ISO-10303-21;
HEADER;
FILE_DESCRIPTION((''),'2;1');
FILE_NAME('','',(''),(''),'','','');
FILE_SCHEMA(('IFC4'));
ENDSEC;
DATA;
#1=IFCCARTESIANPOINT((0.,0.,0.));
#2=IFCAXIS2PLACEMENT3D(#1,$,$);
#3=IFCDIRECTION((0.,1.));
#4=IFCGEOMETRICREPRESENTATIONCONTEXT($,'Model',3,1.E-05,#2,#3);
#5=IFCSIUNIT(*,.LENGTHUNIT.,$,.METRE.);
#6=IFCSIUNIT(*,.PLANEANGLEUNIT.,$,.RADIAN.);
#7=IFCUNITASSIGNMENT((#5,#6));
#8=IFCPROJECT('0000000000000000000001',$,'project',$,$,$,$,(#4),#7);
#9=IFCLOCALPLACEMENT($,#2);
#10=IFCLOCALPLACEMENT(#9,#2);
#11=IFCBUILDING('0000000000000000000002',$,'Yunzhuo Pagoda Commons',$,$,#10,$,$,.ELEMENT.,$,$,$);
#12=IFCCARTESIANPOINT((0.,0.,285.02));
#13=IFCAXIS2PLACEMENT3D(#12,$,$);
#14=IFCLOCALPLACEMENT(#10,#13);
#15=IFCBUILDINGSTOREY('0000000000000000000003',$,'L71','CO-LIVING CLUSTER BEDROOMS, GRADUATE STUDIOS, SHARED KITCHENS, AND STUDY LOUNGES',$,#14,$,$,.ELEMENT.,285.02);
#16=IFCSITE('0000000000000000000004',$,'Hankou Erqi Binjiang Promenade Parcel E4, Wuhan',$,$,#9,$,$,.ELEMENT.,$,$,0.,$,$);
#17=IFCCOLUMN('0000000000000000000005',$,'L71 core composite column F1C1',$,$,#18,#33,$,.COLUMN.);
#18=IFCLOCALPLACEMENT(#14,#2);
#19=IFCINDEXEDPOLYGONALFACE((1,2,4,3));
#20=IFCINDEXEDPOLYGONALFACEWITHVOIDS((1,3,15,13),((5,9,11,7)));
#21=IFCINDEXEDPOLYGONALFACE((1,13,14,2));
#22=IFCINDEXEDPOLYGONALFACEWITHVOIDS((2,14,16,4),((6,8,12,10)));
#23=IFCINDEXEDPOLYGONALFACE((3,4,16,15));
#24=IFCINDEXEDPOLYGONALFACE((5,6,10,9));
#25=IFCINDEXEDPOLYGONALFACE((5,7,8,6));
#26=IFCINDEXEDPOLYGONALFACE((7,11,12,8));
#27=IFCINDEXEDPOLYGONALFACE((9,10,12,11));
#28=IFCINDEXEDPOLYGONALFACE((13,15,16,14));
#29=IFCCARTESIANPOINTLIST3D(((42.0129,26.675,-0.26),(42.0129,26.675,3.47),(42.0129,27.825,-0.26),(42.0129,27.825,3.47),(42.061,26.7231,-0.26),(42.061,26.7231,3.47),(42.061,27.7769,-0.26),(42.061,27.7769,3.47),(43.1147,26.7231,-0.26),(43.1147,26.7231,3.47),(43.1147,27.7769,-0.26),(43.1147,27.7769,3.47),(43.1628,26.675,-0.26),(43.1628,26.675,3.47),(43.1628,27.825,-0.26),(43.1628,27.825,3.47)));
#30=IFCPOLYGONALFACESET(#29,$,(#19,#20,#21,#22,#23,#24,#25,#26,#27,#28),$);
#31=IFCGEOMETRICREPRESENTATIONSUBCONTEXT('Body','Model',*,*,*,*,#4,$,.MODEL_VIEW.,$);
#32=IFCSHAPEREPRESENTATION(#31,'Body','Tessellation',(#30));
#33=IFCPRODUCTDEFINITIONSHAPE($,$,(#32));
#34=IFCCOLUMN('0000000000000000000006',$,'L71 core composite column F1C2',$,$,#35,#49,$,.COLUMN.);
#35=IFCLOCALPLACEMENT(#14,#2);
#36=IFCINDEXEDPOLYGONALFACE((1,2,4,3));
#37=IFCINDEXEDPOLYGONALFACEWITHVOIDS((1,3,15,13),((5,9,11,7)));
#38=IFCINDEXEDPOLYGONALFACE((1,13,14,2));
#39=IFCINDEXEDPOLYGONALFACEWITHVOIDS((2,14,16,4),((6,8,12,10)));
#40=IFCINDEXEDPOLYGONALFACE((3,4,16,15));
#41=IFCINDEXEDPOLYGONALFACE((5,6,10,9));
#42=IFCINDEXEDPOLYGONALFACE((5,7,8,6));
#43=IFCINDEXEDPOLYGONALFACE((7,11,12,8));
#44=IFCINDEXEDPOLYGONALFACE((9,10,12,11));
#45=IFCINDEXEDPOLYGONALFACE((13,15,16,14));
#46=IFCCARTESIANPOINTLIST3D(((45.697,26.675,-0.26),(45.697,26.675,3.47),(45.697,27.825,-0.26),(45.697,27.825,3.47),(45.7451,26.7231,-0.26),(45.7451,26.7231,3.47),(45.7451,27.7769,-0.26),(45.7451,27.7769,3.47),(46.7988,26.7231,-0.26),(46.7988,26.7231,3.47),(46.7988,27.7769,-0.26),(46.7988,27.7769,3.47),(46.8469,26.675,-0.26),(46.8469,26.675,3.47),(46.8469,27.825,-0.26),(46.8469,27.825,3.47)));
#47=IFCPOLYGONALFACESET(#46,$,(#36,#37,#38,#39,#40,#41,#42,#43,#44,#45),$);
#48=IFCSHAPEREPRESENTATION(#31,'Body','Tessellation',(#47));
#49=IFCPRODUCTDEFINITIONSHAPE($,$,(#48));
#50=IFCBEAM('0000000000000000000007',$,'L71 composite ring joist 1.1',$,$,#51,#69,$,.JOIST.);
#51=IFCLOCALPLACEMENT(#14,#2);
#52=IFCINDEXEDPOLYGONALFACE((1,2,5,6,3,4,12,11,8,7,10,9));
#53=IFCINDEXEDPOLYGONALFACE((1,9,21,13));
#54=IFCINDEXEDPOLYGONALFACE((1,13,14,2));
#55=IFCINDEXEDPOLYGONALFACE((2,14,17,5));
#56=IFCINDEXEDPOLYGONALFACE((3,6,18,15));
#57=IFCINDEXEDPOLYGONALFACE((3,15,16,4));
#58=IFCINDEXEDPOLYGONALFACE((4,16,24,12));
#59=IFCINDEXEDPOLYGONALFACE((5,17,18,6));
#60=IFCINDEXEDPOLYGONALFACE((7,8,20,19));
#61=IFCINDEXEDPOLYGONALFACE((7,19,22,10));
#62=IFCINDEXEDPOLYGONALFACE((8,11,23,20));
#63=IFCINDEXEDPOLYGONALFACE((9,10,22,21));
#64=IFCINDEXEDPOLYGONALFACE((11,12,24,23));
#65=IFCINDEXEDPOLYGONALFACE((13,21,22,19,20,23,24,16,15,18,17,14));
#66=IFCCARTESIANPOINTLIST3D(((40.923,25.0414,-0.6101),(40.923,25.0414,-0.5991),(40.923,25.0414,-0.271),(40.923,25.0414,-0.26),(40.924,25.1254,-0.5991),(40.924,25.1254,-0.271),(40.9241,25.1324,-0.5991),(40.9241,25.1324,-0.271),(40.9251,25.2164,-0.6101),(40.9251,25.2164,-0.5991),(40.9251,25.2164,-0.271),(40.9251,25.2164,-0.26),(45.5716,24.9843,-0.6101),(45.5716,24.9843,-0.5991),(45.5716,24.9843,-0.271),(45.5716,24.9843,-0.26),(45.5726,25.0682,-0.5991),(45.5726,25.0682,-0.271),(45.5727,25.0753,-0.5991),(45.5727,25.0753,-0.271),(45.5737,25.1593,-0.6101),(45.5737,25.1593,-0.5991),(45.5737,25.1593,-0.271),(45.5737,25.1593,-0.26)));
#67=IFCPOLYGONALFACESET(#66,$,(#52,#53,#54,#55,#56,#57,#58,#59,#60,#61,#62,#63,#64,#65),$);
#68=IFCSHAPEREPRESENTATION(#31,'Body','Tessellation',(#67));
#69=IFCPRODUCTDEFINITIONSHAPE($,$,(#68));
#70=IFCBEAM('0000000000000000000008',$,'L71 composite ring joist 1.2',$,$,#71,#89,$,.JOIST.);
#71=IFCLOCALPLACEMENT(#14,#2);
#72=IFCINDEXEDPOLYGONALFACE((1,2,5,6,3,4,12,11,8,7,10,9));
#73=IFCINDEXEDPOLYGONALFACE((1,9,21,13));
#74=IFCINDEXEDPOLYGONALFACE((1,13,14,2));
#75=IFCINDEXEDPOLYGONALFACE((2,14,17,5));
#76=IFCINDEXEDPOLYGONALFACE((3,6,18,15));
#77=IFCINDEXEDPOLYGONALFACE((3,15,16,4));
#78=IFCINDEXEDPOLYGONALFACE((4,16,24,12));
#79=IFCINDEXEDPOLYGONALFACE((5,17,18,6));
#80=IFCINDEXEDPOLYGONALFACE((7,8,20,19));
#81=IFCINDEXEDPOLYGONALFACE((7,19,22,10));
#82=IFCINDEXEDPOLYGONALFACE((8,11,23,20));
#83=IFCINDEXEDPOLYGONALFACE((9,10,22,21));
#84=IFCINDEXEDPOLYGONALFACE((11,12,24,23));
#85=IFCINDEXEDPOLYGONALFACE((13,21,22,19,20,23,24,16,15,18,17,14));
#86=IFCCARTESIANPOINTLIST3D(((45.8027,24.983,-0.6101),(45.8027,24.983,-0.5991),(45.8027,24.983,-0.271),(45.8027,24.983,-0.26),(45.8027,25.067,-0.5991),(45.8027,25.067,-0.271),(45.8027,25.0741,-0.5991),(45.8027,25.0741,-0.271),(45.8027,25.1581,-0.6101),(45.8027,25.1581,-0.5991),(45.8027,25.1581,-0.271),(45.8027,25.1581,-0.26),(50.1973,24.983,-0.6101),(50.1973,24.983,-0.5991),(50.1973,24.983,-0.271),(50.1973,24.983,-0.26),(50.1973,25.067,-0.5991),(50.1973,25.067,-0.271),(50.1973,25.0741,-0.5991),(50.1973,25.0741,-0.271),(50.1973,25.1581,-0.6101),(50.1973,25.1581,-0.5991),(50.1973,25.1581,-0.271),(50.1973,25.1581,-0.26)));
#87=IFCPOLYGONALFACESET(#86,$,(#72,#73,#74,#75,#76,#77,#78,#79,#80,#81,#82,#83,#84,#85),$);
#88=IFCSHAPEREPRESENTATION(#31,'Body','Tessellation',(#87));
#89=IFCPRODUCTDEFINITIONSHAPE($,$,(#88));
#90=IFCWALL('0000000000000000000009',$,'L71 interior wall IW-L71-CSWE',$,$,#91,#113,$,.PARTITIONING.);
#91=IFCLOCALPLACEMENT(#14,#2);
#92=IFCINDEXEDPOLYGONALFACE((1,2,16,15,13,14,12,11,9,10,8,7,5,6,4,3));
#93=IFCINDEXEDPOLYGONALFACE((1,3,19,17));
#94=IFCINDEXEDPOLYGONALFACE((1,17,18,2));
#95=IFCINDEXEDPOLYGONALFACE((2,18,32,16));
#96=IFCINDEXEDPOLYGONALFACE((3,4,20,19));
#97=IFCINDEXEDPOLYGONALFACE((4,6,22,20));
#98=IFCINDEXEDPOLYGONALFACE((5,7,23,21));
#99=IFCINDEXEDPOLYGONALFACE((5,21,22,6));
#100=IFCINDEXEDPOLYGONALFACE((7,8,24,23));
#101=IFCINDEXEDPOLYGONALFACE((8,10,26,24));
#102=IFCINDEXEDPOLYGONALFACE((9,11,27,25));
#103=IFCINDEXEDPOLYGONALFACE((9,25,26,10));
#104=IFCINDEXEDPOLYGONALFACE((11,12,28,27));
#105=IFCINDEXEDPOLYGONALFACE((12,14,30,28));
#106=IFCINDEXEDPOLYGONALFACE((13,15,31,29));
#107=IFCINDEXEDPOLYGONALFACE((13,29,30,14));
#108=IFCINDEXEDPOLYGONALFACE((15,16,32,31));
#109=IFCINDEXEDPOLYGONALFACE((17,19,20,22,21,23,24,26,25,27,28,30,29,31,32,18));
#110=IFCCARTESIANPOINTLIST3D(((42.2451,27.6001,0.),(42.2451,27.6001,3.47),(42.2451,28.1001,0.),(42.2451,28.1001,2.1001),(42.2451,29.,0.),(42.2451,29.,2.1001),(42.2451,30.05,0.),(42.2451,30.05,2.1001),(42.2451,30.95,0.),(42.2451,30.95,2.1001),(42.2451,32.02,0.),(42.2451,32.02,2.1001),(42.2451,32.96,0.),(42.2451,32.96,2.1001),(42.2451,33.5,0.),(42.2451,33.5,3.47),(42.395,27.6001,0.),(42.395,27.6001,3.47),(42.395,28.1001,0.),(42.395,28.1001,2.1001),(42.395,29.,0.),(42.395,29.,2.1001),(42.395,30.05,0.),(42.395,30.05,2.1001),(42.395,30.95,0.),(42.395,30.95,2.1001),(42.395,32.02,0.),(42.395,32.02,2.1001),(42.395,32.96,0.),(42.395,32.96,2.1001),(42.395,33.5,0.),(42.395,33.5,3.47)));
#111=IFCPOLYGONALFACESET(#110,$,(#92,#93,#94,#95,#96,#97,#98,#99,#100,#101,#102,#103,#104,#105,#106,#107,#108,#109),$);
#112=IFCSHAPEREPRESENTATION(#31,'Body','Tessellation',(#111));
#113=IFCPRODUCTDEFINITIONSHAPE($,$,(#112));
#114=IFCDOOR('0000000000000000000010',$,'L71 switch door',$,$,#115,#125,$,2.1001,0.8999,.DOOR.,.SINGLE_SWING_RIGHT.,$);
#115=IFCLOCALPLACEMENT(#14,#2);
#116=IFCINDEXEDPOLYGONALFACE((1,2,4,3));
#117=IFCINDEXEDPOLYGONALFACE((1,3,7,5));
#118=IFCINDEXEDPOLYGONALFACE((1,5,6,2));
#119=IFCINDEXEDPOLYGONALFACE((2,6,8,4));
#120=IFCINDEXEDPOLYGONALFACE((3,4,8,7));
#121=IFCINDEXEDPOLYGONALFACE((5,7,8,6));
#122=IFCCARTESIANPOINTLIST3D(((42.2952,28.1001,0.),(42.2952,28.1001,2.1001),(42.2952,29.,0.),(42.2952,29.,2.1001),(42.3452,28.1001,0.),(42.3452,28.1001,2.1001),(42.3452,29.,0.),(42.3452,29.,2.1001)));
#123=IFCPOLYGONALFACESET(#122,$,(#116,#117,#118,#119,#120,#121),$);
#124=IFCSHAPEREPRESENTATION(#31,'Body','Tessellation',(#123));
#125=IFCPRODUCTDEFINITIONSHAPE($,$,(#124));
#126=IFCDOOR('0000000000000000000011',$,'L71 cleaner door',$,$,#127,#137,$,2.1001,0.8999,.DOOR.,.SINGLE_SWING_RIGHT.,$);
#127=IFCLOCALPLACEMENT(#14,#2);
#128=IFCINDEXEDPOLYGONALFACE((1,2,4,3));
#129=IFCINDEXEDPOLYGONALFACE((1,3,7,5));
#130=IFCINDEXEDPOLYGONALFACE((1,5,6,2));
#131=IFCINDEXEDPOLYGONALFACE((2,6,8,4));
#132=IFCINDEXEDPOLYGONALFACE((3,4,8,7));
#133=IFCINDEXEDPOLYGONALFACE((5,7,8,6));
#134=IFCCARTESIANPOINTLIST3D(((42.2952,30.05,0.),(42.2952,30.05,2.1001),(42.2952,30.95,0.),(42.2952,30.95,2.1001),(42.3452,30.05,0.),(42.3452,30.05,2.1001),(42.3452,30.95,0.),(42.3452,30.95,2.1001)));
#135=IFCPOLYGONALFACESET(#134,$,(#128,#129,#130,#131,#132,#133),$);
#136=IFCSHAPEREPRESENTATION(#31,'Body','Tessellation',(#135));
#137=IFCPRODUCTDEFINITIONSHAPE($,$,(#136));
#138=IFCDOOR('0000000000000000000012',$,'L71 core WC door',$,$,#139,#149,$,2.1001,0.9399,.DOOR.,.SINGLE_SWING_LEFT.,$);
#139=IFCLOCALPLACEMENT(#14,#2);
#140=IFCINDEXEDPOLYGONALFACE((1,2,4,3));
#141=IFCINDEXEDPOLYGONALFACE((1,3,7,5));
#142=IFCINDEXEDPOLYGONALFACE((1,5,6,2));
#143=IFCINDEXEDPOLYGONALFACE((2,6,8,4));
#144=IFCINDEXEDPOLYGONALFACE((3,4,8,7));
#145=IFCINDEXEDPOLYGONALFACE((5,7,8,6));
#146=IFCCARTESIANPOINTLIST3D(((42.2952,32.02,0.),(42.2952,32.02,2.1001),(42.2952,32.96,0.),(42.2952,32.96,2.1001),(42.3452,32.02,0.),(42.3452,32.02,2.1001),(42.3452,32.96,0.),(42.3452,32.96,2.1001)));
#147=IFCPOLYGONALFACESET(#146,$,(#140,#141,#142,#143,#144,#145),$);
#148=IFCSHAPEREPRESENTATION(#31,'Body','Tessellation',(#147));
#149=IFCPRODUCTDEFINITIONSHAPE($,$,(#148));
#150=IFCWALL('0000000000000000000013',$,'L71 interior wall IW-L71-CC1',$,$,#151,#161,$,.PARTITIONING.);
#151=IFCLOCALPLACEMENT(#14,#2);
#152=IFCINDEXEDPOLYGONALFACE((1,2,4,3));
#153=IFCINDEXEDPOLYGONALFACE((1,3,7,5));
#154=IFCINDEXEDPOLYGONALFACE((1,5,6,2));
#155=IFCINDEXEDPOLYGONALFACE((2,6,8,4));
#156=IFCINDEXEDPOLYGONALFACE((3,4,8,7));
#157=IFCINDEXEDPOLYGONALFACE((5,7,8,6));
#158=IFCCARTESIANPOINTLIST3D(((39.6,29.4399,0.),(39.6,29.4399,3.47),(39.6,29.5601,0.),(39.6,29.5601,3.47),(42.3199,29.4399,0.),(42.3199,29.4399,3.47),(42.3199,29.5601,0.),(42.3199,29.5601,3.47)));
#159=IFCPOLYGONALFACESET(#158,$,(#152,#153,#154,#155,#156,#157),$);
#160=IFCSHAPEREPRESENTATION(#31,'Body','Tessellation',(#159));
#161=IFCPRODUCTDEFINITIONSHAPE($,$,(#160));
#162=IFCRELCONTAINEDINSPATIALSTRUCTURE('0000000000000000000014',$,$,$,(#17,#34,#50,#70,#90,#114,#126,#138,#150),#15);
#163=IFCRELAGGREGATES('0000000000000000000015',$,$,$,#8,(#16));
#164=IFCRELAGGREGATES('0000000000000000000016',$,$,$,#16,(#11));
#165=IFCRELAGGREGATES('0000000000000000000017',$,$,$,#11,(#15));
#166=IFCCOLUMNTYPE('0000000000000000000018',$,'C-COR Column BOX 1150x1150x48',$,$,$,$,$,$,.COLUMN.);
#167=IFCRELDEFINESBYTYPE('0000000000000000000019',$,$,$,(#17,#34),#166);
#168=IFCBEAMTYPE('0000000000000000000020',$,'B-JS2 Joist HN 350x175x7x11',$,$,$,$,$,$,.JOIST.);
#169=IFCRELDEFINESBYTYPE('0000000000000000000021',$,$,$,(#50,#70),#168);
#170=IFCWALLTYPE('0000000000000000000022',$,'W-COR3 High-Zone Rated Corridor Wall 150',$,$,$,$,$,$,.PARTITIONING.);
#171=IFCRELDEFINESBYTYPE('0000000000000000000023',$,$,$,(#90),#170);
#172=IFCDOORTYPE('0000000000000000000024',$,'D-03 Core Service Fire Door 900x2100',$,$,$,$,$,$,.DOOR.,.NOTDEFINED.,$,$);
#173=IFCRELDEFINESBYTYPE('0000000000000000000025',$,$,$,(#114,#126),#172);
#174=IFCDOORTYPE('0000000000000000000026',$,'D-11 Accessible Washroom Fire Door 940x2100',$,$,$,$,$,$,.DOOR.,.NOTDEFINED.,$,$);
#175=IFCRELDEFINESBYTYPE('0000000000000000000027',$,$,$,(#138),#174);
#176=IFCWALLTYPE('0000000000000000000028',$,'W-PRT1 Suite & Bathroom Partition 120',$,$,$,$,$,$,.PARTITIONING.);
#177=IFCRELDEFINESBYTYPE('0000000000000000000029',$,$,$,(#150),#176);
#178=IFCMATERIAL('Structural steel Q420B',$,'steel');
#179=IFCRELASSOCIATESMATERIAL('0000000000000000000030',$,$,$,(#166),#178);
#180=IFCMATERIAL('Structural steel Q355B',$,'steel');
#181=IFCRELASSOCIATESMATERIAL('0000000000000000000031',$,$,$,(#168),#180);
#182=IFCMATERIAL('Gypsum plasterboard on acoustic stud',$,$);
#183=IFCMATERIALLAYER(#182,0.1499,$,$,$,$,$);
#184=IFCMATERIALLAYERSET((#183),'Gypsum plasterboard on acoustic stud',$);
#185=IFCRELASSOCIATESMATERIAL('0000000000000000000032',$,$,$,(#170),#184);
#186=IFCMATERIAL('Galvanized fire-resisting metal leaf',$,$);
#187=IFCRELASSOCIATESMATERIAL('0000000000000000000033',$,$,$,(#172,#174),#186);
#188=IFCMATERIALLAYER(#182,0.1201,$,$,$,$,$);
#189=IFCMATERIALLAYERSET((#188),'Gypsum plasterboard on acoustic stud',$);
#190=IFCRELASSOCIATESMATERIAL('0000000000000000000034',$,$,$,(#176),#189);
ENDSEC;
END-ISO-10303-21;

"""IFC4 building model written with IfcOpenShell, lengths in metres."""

from ifc_helpers import new_model, si_unit, direction, frame, frame_2d, origin, origin_with_axes, origin_2d, place, context, subcontext, project, spatial, rectangle, hollow_rectangle, i_section, extrude, source, transform, mapped, material, layer, layer_set, material_profile, profile_set, type_object, element, fill, save


model = new_model("IFC4")

# Units and contexts
model_context = context("Model", 3, precision=1e-05, world=origin(), true_north=direction((0.0, 1.0)))
body_context = subcontext(model_context, "Body", "Model", "MODEL_VIEW")
ifc_project = project(units=[si_unit("LENGTHUNIT", "METRE"), si_unit("PLANEANGLEUNIT", "RADIAN")], contexts=[model_context])

# Site, building, storey
site_placement = place(None, origin())
site = spatial("IfcSite", under=ifc_project, at=site_placement, Name="Hankou Erqi Binjiang Promenade Parcel E4, Wuhan", CompositionType="ELEMENT", RefElevation=0.0)
building_placement = place(site_placement, origin())
building = spatial("IfcBuilding", under=site, at=building_placement, Name="Yunzhuo Pagoda Commons", CompositionType="ELEMENT")
storey_placement = place(building_placement, frame((0.0, 0.0, 285.02)))
storey = spatial("IfcBuildingStorey", under=building, at=storey_placement, Name="L71", Description="CO-LIVING CLUSTER BEDROOMS, GRADUATE STUDIOS, SHARED KITCHENS, AND STUDY LOUNGES", CompositionType="ELEMENT", Elevation=285.02)

# Columns
ifc_material_1 = material(Name="Structural steel Q420B", Category="steel")
ifc_material_profile_1 = material_profile(ifc_material_1, hollow_rectangle(XDim=1.1499, YDim=1.1499, WallThickness=0.0481, at=origin_2d()), Name="Structural steel Q420B")
ifc_profile_set_1 = profile_set([ifc_material_profile_1], Name="Structural steel Q420B")
column_type = type_object("IfcColumnType", Name="C-COR Column BOX 1150x1150x48", PredefinedType="COLUMN", material=ifc_profile_set_1)
shared_shape_1 = source(origin(), body_context, "Body", "SweptSolid", [
    extrude(hollow_rectangle(XDim=1.1499, YDim=1.1499, WallThickness=0.0481, at=origin_2d()), origin(), (0.0, 0.0, 1.0), 3.73),
])
for number, where, z_axis, x_axis, name in (
    (1, (42.5879, 27.25, -0.26), (0.0, 0.0, 1.0), (1.0, 0.0, 0.0), "L71 core composite column F1C1"),
    (2, (46.272, 27.25, -0.26), (0.0, 0.0, 1.0), (1.0, 0.0, 0.0), "L71 core composite column F1C2"),
):
    element("IfcColumn", number, at=place(storey_placement, frame(where, z_axis=z_axis, x_axis=x_axis)), inside=storey, type_object=column_type, Name=name, PredefinedType="COLUMN", context=body_context, shape_type="MappedRepresentation", body=[
        mapped(shared_shape_1, transform((0.0, 0.0, 0.0), scale=1.0)),
    ])

# Beams
ifc_material_2 = material(Name="Structural steel Q355B", Category="steel")
ifc_material_profile_2 = material_profile(ifc_material_2, i_section(OverallWidth=0.175, OverallDepth=0.3501, WebThickness=0.0071, FlangeThickness=0.011, at=origin_2d()), Name="Structural steel Q355B")
ifc_profile_set_2 = profile_set([ifc_material_profile_2], Name="Structural steel Q355B")
beam_type = type_object("IfcBeamType", Name="B-JS2 Joist HN 350x175x7x11", PredefinedType="JOIST", material=ifc_profile_set_2)
shared_shape_2 = source(origin(), body_context, "Body", "SweptSolid", [
    extrude(i_section(OverallWidth=0.175, OverallDepth=0.3501, WebThickness=0.0071, FlangeThickness=0.011, at=origin_2d()), origin(), (0.0, 0.0, 1.0), 4.6489),
])
beam_1_placement = place(storey_placement, frame((40.9241, 25.1289, -0.4351), z_axis=(0.999924, -0.012288, 0.0), x_axis=(0.012288, 0.999924, 0.0)))
element("IfcBeam", 3, at=beam_1_placement, inside=storey, type_object=beam_type, Name="L71 composite ring joist 1.1", PredefinedType="JOIST", context=body_context, shape_type="MappedRepresentation", body=[
    mapped(shared_shape_2, transform((0.0, 0.0, 0.0), scale=1.0)),
])
shared_shape_3 = source(origin(), body_context, "Body", "SweptSolid", [
    extrude(i_section(OverallWidth=0.175, OverallDepth=0.3501, WebThickness=0.0071, FlangeThickness=0.011, at=origin_2d()), origin(), (0.0, 0.0, 1.0), 4.3945),
])
beam_2_placement = place(storey_placement, frame((45.8027, 25.0706, -0.4351), z_axis=(1.0, 0.0, 0.0), x_axis=(0.0, 1.0, 0.0)))
element("IfcBeam", 4, at=beam_2_placement, inside=storey, type_object=beam_type, Name="L71 composite ring joist 1.2", PredefinedType="JOIST", context=body_context, shape_type="MappedRepresentation", body=[
    mapped(shared_shape_3, transform((0.0, 0.0, 0.0), scale=1.0)),
])

# Wall, openings, doors
ifc_material_3 = material(Name="Gypsum plasterboard on acoustic stud")
ifc_layer_1 = layer(ifc_material_3, 0.1499)
ifc_layer_set_1 = layer_set([ifc_layer_1], Name="Gypsum plasterboard on acoustic stud")
wall_type_1 = type_object("IfcWallType", Name="W-COR3 High-Zone Rated Corridor Wall 150", PredefinedType="PARTITIONING", material=ifc_layer_set_1)
wall_1_placement = place(storey_placement, frame((42.3201, 27.6001, 0.0), z_axis=(0.0, 0.0, 1.0), x_axis=(0.0, 1.0, 0.0)))
wall_1 = element("IfcWall", 5, at=wall_1_placement, inside=storey, type_object=wall_type_1, Name="L71 interior wall IW-L71-CSWE", PredefinedType="PARTITIONING", context=body_context, shape_type="SweptSolid", body=[
    extrude(rectangle(XDim=5.8999, YDim=0.1499, at=frame_2d((2.95, 0.0))), origin(), (0.0, 0.0, 1.0), 3.47),
])
opening_1_placement = place(wall_1_placement, frame((0.5, 0.0, 0.0)))
opening_1 = element("IfcOpeningElement", 6, at=opening_1_placement, cuts=wall_1, PredefinedType="OPENING", context=body_context, shape_type="SweptSolid", body=[
    extrude(rectangle(XDim=0.8999, YDim=2.1001, at=frame_2d((0.45, 1.05))), frame((0.0, 0.085, 0.0), z_axis=(0.0, -1.0, 0.0), x_axis=(1.0, 0.0, 0.0)), (0.0, 0.0, 1.0), 0.1699),
])
opening_2_placement = place(wall_1_placement, frame((2.45, 0.0, 0.0)))
opening_2 = element("IfcOpeningElement", 7, at=opening_2_placement, cuts=wall_1, PredefinedType="OPENING", context=body_context, shape_type="SweptSolid", body=[
    extrude(rectangle(XDim=0.8999, YDim=2.1001, at=frame_2d((0.45, 1.05))), frame((0.0, 0.085, 0.0), z_axis=(0.0, -1.0, 0.0), x_axis=(1.0, 0.0, 0.0)), (0.0, 0.0, 1.0), 0.1699),
])
opening_3_placement = place(wall_1_placement, frame((4.4199, 0.0, 0.0)))
opening_3 = element("IfcOpeningElement", 8, at=opening_3_placement, cuts=wall_1, PredefinedType="OPENING", context=body_context, shape_type="SweptSolid", body=[
    extrude(rectangle(XDim=0.9399, YDim=2.1001, at=frame_2d((0.47, 1.05))), frame((0.0, 0.085, 0.0), z_axis=(0.0, -1.0, 0.0), x_axis=(1.0, 0.0, 0.0)), (0.0, 0.0, 1.0), 0.1699),
])
ifc_material_4 = material(Name="Galvanized fire-resisting metal leaf")
door_type_1 = type_object("IfcDoorType", Name="D-03 Core Service Fire Door 900x2100", OperationType="NOTDEFINED", PredefinedType="DOOR", material=ifc_material_4)
shared_shape_4 = source(origin(), body_context, "Body", "SweptSolid", [
    extrude(rectangle(XDim=0.8999, YDim=2.1001, at=frame_2d((0.45, 1.05))), frame((0.0, 0.0249, 0.0), z_axis=(0.0, -1.0, 0.0), x_axis=(1.0, 0.0, 0.0)), (0.0, 0.0, 1.0), 0.05),
])
door_1_placement = place(opening_1_placement, origin_with_axes())
door_1 = element("IfcDoor", 9, at=door_1_placement, inside=storey, type_object=door_type_1, Name="L71 switch door", OperationType="SINGLE_SWING_RIGHT", OverallHeight=2.1001, OverallWidth=0.8999, PredefinedType="DOOR", context=body_context, shape_type="MappedRepresentation", body=[
    mapped(shared_shape_4, transform((0.0, 0.0, 0.0), scale=1.0)),
])
fill(opening_1, door_1)
door_2_placement = place(opening_2_placement, origin_with_axes())
door_2 = element("IfcDoor", 10, at=door_2_placement, inside=storey, type_object=door_type_1, Name="L71 cleaner door", OperationType="SINGLE_SWING_RIGHT", OverallHeight=2.1001, OverallWidth=0.8999, PredefinedType="DOOR", context=body_context, shape_type="MappedRepresentation", body=[
    mapped(shared_shape_4, transform((0.0, 0.0, 0.0), scale=1.0)),
])
fill(opening_2, door_2)
door_type_2 = type_object("IfcDoorType", Name="D-11 Accessible Washroom Fire Door 940x2100", OperationType="NOTDEFINED", PredefinedType="DOOR", material=ifc_material_4)
shared_shape_5 = source(origin(), body_context, "Body", "SweptSolid", [
    extrude(rectangle(XDim=0.9399, YDim=2.1001, at=frame_2d((0.47, 1.05))), frame((0.0, 0.0249, 0.0), z_axis=(0.0, -1.0, 0.0), x_axis=(1.0, 0.0, 0.0)), (0.0, 0.0, 1.0), 0.05),
])
door_3_placement = place(opening_3_placement, origin_with_axes())
door_3 = element("IfcDoor", 11, at=door_3_placement, inside=storey, type_object=door_type_2, Name="L71 core WC door", OperationType="SINGLE_SWING_LEFT", OverallHeight=2.1001, OverallWidth=0.9399, PredefinedType="DOOR", context=body_context, shape_type="MappedRepresentation", body=[
    mapped(shared_shape_5, transform((0.0, 0.0, 0.0), scale=1.0)),
])
fill(opening_3, door_3)

# Wall
ifc_layer_2 = layer(ifc_material_3, 0.1201)
ifc_layer_set_2 = layer_set([ifc_layer_2], Name="Gypsum plasterboard on acoustic stud")
wall_type_2 = type_object("IfcWallType", Name="W-PRT1 Suite & Bathroom Partition 120", PredefinedType="PARTITIONING", material=ifc_layer_set_2)
wall_2_placement = place(storey_placement, frame((39.6001, 29.5, 0.0), z_axis=(0.0, 0.0, 1.0), x_axis=(1.0, 0.0, 0.0)))
element("IfcWall", 12, at=wall_2_placement, inside=storey, type_object=wall_type_2, Name="L71 interior wall IW-L71-CC1", PredefinedType="PARTITIONING", context=body_context, shape_type="SweptSolid", body=[
    extrude(rectangle(XDim=2.72, YDim=0.1201, at=frame_2d((1.3599, 0.0))), origin(), (0.0, 0.0, 1.0), 3.47),
])

save(model, "model.ifc")
